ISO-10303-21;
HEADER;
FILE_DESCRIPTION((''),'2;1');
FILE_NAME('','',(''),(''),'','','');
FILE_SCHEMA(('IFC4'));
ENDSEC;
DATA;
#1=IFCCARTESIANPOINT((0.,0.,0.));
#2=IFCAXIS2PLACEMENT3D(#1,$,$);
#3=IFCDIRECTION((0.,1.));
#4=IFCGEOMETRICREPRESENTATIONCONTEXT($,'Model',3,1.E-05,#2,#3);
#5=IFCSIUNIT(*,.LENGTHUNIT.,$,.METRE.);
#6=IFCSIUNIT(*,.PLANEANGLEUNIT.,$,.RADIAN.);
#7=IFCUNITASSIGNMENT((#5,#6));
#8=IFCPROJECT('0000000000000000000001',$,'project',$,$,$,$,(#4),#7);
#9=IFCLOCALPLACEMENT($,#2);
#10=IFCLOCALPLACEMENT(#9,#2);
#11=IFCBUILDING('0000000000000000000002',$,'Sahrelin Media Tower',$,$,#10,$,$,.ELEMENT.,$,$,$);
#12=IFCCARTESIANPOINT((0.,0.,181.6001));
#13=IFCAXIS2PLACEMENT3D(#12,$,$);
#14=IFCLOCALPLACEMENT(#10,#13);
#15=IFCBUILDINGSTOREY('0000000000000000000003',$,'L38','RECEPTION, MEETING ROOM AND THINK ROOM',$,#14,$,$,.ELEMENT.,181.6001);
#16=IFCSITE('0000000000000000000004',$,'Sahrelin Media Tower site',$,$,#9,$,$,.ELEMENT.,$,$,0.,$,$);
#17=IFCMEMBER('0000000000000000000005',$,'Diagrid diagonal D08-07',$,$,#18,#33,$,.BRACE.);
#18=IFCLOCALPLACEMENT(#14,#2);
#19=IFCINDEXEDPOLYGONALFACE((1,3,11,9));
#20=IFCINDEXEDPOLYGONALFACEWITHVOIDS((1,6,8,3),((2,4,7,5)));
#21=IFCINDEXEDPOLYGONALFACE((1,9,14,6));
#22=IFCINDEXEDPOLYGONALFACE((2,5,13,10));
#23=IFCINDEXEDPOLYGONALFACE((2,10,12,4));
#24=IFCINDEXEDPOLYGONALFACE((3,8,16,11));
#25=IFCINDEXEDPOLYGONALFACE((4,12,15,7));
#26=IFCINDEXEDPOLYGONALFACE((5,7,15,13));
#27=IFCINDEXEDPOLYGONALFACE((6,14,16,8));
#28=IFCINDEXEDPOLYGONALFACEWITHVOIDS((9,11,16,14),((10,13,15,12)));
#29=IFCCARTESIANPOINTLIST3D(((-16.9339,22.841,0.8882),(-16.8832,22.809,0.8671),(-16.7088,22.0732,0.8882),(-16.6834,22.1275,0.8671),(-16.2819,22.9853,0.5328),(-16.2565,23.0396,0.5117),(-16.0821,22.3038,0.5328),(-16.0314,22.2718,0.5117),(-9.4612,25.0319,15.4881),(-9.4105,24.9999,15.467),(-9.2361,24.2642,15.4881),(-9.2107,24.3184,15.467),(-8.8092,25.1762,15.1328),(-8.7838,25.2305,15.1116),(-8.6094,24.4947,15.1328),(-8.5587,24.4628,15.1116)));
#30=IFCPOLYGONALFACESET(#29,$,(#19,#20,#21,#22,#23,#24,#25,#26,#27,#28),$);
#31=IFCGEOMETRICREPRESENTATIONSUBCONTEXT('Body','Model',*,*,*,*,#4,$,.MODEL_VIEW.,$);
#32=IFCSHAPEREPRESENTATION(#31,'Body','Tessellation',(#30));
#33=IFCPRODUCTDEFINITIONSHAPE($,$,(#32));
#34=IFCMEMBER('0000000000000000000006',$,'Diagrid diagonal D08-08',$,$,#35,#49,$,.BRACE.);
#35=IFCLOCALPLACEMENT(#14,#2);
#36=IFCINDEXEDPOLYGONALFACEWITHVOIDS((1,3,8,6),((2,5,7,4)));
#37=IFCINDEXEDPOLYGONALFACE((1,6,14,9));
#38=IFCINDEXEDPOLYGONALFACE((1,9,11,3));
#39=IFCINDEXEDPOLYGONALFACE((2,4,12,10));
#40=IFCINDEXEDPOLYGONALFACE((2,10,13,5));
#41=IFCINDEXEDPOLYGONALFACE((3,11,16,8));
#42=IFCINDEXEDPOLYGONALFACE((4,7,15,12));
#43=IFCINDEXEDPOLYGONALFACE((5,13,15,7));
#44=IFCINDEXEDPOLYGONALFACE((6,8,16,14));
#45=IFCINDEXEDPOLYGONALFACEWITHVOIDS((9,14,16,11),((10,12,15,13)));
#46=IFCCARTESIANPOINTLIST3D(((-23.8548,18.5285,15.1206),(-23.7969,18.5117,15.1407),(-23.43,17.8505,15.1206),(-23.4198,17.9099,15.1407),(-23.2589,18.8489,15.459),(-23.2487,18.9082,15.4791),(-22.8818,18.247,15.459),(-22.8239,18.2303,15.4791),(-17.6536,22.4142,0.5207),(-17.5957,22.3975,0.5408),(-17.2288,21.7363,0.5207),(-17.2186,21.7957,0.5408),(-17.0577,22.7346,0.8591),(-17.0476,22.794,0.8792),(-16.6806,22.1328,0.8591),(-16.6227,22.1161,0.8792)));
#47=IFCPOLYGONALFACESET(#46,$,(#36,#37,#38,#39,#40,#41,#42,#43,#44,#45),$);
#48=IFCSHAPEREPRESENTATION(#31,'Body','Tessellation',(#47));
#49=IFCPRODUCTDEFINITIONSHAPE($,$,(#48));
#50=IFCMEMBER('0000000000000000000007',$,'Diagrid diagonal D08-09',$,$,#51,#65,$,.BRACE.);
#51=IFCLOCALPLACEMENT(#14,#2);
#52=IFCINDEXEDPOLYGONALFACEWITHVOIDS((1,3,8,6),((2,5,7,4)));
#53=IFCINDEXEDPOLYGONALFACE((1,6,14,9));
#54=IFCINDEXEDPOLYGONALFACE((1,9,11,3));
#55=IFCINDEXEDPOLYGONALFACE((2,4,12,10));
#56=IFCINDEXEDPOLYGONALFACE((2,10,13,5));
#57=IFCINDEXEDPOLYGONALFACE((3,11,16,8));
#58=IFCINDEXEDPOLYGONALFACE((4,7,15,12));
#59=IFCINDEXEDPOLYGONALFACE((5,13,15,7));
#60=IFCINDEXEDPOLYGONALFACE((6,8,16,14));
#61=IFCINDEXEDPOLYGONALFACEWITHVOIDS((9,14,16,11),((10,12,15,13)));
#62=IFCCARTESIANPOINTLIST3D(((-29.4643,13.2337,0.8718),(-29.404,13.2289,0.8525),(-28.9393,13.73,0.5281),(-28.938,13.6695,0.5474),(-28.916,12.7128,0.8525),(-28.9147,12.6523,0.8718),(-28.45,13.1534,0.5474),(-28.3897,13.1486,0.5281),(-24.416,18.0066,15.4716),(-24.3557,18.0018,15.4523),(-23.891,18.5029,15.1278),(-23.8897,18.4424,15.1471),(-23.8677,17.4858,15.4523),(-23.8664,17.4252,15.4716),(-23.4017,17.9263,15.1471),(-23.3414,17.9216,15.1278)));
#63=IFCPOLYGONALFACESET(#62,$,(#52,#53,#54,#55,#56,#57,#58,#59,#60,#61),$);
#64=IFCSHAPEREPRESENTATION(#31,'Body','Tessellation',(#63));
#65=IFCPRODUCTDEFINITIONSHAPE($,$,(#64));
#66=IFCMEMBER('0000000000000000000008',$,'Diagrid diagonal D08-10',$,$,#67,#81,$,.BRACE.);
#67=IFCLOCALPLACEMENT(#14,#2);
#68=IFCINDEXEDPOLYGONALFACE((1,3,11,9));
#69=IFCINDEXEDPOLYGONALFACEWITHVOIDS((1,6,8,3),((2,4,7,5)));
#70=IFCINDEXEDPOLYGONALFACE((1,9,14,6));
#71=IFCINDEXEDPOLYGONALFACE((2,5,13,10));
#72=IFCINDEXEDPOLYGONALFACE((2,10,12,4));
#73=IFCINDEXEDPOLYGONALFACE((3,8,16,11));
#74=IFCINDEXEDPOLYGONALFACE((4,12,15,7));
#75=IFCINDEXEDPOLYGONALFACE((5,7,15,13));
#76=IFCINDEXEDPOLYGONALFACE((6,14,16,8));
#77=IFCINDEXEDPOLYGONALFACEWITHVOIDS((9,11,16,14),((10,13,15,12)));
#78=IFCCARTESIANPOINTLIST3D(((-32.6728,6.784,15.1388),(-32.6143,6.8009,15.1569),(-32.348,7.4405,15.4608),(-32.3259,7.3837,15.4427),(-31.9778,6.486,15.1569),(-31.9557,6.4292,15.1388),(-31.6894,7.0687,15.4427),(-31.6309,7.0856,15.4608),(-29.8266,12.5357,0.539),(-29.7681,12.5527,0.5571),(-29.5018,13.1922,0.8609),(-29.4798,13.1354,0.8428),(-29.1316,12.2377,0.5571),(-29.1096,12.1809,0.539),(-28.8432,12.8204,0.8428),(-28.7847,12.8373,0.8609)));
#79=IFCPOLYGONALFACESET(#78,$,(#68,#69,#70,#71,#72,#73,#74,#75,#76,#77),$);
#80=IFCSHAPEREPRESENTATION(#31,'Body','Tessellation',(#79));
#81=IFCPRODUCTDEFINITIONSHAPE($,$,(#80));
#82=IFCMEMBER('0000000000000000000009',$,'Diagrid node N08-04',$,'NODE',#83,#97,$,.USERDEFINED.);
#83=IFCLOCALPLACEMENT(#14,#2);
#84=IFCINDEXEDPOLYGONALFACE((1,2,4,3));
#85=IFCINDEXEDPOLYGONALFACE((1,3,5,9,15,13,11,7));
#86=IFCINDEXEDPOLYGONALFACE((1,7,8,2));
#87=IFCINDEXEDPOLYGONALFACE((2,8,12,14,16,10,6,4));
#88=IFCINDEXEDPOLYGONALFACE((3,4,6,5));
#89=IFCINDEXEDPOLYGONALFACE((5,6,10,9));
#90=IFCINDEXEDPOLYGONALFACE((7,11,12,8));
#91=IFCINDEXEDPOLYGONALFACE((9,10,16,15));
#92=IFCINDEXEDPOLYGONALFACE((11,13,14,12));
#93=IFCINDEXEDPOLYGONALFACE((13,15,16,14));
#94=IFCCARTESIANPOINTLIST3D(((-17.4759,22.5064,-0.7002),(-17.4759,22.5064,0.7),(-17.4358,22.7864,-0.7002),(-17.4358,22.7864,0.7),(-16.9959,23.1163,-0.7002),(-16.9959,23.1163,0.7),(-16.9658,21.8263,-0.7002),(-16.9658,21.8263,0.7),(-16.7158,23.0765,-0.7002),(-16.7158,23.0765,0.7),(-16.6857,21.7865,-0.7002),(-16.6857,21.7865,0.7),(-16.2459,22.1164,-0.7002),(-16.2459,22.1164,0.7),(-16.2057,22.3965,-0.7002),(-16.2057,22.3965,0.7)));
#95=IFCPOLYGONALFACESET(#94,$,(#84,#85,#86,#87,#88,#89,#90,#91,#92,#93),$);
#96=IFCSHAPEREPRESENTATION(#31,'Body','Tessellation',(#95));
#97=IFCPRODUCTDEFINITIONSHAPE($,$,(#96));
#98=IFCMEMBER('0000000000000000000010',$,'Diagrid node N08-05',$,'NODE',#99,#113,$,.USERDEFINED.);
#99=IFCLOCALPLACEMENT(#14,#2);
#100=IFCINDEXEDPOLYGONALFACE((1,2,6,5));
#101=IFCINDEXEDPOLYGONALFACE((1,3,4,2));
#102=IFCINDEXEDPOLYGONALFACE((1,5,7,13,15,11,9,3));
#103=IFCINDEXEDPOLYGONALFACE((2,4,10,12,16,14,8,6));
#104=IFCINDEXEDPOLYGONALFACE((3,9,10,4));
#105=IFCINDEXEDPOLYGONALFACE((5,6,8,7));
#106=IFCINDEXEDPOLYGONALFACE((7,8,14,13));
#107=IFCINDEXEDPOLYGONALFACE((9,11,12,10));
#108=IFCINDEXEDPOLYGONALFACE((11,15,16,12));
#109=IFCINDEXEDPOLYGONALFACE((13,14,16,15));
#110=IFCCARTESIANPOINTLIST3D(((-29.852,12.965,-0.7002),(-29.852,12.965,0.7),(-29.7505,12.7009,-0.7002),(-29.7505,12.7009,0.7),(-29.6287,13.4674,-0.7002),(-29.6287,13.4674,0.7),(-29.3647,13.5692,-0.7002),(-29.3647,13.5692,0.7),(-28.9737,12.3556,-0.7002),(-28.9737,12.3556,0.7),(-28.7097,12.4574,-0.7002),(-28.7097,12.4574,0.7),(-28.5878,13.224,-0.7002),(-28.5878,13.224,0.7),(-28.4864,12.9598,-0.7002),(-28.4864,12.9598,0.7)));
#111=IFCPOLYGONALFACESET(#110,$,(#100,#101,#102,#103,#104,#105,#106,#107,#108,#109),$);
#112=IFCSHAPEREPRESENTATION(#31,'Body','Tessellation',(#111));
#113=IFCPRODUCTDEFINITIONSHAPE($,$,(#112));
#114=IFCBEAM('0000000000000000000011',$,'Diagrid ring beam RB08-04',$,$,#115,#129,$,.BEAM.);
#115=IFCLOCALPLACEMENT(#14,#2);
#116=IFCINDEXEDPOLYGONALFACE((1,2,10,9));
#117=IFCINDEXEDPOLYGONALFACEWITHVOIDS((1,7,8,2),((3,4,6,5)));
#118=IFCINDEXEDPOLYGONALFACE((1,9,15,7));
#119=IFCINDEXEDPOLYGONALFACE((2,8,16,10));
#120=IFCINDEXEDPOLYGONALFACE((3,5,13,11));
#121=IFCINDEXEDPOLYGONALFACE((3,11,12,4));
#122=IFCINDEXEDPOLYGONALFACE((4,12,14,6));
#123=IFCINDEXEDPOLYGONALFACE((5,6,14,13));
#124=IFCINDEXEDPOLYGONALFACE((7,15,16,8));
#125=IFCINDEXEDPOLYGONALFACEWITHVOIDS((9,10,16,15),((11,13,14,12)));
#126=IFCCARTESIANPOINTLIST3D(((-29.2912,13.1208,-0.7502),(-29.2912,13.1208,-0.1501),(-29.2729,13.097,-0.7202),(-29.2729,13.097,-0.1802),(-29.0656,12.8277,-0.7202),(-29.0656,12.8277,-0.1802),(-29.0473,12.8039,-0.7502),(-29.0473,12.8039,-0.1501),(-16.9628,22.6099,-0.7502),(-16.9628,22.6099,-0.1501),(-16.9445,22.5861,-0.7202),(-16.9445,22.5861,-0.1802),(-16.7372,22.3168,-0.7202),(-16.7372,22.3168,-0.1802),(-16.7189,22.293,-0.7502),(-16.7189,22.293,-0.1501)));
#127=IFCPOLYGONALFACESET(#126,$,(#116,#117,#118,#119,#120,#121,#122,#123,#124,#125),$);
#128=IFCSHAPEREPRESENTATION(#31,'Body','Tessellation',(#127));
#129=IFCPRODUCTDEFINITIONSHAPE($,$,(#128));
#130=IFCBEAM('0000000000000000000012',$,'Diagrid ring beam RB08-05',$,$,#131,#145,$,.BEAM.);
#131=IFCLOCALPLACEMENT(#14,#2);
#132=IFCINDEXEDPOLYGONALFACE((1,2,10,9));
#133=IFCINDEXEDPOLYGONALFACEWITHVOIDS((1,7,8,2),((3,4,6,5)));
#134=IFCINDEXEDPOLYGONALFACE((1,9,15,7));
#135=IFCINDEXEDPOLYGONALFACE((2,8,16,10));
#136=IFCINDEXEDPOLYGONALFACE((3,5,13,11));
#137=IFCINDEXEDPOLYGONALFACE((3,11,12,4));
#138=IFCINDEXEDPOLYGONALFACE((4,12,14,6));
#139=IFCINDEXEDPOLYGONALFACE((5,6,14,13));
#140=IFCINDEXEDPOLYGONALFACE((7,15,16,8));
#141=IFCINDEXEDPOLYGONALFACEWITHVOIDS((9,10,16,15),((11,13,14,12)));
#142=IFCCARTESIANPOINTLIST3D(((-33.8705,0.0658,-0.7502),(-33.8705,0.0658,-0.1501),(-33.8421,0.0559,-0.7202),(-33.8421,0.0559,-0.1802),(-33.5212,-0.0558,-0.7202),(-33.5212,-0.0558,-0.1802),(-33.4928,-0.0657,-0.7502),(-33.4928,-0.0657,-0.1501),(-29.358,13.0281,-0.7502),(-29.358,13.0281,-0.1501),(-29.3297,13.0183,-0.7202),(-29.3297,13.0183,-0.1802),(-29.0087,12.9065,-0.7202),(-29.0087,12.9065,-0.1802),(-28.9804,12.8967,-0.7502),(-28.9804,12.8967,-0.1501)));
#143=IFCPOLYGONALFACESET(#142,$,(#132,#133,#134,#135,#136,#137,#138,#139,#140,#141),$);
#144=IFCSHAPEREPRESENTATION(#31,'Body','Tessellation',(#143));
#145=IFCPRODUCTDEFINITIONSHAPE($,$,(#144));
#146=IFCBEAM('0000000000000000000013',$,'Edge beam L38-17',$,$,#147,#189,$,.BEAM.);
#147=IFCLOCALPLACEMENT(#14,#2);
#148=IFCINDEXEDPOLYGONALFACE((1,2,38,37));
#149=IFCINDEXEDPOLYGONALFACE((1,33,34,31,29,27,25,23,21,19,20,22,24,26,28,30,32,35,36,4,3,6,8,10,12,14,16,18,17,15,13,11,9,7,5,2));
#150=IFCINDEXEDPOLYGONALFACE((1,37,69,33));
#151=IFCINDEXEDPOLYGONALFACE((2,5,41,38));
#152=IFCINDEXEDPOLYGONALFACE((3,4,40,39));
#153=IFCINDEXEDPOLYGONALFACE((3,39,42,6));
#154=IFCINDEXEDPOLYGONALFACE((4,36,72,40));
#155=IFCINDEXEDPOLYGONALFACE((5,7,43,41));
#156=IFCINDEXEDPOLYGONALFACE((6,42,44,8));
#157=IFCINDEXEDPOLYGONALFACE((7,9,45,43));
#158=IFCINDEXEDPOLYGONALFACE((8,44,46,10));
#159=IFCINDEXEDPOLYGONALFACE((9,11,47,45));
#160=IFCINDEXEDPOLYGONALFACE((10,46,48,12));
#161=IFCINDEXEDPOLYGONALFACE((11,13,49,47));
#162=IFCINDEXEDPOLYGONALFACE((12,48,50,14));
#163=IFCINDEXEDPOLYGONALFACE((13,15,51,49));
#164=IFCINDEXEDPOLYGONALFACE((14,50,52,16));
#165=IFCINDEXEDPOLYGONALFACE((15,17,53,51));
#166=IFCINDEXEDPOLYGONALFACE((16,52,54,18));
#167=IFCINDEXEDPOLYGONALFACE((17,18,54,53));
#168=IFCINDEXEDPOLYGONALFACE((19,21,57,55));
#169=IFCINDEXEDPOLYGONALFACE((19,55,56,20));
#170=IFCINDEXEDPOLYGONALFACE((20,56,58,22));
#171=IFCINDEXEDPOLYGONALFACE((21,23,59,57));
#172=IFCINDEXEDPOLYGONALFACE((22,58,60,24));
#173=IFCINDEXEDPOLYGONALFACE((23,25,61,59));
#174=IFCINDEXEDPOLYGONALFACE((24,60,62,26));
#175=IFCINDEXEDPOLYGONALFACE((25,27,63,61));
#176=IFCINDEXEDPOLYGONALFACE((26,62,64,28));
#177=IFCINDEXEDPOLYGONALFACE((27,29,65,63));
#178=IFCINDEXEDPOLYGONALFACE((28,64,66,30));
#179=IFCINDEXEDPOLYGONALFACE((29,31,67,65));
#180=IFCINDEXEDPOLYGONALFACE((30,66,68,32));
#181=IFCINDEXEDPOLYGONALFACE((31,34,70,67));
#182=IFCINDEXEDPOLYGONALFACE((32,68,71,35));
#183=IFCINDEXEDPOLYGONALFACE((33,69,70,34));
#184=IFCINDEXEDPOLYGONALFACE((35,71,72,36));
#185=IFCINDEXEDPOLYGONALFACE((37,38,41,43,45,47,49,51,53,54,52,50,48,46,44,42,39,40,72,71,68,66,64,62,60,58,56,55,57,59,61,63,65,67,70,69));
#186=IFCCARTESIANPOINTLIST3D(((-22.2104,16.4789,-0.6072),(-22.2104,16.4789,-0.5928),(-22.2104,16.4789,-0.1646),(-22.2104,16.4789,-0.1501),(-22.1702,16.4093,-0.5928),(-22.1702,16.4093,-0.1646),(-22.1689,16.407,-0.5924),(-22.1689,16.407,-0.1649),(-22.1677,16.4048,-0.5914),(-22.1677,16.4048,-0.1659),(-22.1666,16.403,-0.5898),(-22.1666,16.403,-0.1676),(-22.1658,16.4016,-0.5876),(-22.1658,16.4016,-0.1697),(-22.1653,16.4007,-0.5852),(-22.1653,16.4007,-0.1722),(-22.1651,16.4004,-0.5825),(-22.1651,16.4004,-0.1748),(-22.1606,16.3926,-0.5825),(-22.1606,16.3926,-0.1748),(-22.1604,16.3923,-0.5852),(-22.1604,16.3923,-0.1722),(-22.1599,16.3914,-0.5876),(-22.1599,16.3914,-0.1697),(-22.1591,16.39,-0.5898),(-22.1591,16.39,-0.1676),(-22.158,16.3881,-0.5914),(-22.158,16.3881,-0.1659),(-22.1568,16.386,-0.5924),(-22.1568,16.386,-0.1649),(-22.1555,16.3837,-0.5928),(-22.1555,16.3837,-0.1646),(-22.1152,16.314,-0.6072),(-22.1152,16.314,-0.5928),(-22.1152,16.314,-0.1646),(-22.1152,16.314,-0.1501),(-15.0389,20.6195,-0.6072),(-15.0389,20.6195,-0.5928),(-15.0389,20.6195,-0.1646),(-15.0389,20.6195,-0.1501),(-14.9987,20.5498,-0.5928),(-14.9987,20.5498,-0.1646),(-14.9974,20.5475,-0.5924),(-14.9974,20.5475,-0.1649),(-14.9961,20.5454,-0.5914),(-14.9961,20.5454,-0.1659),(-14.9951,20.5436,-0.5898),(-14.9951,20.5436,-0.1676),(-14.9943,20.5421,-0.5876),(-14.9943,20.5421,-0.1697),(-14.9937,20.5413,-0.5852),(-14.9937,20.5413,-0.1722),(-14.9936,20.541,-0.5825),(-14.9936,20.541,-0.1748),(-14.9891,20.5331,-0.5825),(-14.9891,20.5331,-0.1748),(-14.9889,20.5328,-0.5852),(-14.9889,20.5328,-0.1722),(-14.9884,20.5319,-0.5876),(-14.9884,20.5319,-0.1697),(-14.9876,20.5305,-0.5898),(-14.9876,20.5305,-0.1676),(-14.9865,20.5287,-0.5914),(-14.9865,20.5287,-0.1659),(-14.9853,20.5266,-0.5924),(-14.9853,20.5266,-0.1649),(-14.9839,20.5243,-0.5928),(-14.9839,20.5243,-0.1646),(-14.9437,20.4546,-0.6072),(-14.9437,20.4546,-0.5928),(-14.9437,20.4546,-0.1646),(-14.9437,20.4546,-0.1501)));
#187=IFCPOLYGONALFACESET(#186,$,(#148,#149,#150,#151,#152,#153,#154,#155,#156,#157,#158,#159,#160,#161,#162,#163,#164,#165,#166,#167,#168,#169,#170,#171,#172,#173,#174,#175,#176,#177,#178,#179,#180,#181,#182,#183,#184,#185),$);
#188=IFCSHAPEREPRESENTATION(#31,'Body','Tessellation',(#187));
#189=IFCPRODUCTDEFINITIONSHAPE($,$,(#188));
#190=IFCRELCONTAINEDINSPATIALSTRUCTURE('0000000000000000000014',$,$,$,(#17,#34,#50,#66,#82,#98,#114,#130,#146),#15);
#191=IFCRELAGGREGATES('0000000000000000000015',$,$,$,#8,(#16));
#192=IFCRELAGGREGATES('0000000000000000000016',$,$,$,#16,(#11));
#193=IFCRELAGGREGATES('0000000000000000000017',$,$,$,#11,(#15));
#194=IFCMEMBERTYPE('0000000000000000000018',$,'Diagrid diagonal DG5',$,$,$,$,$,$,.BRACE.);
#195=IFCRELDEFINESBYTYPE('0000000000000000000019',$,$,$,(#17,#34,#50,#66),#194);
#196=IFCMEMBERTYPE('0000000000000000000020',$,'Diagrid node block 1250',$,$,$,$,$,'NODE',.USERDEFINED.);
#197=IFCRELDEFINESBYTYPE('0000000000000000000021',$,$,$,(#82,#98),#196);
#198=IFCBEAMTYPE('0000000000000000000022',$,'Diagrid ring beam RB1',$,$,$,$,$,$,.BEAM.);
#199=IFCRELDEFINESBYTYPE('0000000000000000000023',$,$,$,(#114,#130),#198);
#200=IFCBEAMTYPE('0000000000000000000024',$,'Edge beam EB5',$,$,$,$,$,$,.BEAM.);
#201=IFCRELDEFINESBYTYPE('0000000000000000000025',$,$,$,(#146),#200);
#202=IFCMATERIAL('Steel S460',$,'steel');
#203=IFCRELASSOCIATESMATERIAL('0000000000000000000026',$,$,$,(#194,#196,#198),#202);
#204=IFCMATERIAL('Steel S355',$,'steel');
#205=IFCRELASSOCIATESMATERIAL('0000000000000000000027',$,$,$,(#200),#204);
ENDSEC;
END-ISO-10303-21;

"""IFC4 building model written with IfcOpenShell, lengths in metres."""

from ifc_helpers import new_model, si_unit, direction, frame, origin, origin_2d, place, context, subcontext, project, spatial, polyline, hollow_rectangle, i_section, outline, extrude, material, material_profile, profile_set, type_object, element, save


model = new_model("IFC4")

# Units and contexts
model_context = context("Model", 3, precision=1e-05, world=origin(), true_north=direction((0.0, 1.0)))
body_context = subcontext(model_context, "Body", "Model", "MODEL_VIEW")
ifc_project = project(units=[si_unit("LENGTHUNIT", "METRE"), si_unit("PLANEANGLEUNIT", "RADIAN")], contexts=[model_context])

# Site, building, storey
site_placement = place(None, origin())
site = spatial("IfcSite", under=ifc_project, at=site_placement, Name="Sahrelin Media Tower site", CompositionType="ELEMENT", RefElevation=0.0)
building_placement = place(site_placement, origin())
building = spatial("IfcBuilding", under=site, at=building_placement, Name="Sahrelin Media Tower", CompositionType="ELEMENT")
storey_placement = place(building_placement, frame((0.0, 0.0, 181.6001)))
storey = spatial("IfcBuildingStorey", under=building, at=storey_placement, Name="L38", Description="RECEPTION, MEETING ROOM AND THINK ROOM", CompositionType="ELEMENT", Elevation=181.6001)

# Members
ifc_material_1 = material(Name="Steel S460", Category="steel")
ifc_material_profile_1 = material_profile(ifc_material_1, hollow_rectangle(XDim=0.8, YDim=0.8, WallThickness=0.0449, at=origin_2d()), Name="Diagrid diagonal DG5")
ifc_profile_set_1 = profile_set([ifc_material_profile_1], Name="Steel S460")
member_type_1 = type_object("IfcMemberType", Name="Diagrid diagonal DG5", PredefinedType="BRACE", material=ifc_profile_set_1)
member_1_placement = place(storey_placement, frame((-16.4827, 22.5564, 0.7), z_axis=(0.451607, 0.132407, 0.882337), x_axis=(-0.281348, 0.959606, 0.0)))
element("IfcMember", 1, at=member_1_placement, inside=storey, type_object=member_type_1, Name="Diagrid diagonal D08-07", PredefinedType="BRACE", context=body_context, shape_type="SweptSolid", body=[
    extrude(hollow_rectangle(XDim=0.8, YDim=0.8, WallThickness=0.0449, at=origin_2d()), origin(), (0.0, 0.0, 1.0), 16.5469),
])
member_2_placement = place(storey_placement, frame((-17.1382, 22.2651, 0.7), z_axis=(-0.379712, -0.237933, 0.893983), x_axis=(0.530982, -0.847383, 0.0)))
element("IfcMember", 2, at=member_2_placement, inside=storey, type_object=member_type_1, Name="Diagrid diagonal D08-08", PredefinedType="BRACE", context=body_context, shape_type="SweptSolid", body=[
    extrude(hollow_rectangle(XDim=0.8, YDim=0.8, WallThickness=0.0449, at=origin_2d()), origin(), (0.0, 0.0, 1.0), 16.3313),
])
member_3_placement = place(storey_placement, frame((-28.927, 13.1912, 0.7), z_axis=(0.312232, 0.295199, 0.902978), x_axis=(-0.687009, 0.726649, 0.0)))
element("IfcMember", 3, at=member_3_placement, inside=storey, type_object=member_type_1, Name="Diagrid diagonal D08-09", PredefinedType="BRACE", context=body_context, shape_type="SweptSolid", body=[
    extrude(hollow_rectangle(XDim=0.8, YDim=0.8, WallThickness=0.0449, at=origin_2d()), origin(), (0.0, 0.0, 1.0), 16.1685),
])
member_4_placement = place(storey_placement, frame((-29.3057, 12.6865, 0.7), z_axis=(-0.178467, -0.360654, 0.915466), x_axis=(0.896268, -0.443512, 0.0)))
element("IfcMember", 4, at=member_4_placement, inside=storey, type_object=member_type_1, Name="Diagrid diagonal D08-10", PredefinedType="BRACE", context=body_context, shape_type="SweptSolid", body=[
    extrude(hollow_rectangle(XDim=0.8, YDim=0.8, WallThickness=0.0449, at=origin_2d()), origin(), (0.0, 0.0, 1.0), 15.948),
])
ifc_material_profile_2 = material_profile(ifc_material_1, outline(polyline([(0.425, -0.4751), (0.625, -0.2749), (0.625, 0.2749), (0.425, 0.4751), (-0.425, 0.4751), (-0.625, 0.2749), (-0.625, -0.2749), (-0.425, -0.4751), (0.425, -0.4751)])), Name="Diagrid node block 1250")
ifc_profile_set_2 = profile_set([ifc_material_profile_2], Name="Steel S460")
member_type_2 = type_object("IfcMemberType", Name="Diagrid node block 1250", ElementType="NODE", PredefinedType="USERDEFINED", material=ifc_profile_set_2)
for number, where, z_axis, x_axis, name in (
    (5, (-16.8408, 22.4514, -0.7002), (0.0, 0.0, 1.0), (-0.600052, 0.799961, 0.0), "Diagrid node N08-04"),
    (6, (-29.1692, 12.9624, -0.7002), (0.0, 0.0, 1.0), (-0.913831, 0.406094, 0.0), "Diagrid node N08-05"),
):
    element("IfcMember", number, at=place(storey_placement, frame(where, z_axis=z_axis, x_axis=x_axis)), inside=storey, type_object=member_type_2, Name=name, ObjectType="NODE", PredefinedType="USERDEFINED", context=body_context, shape_type="SweptSolid", body=[
        extrude(outline(polyline([(0.425, -0.4751), (0.625, -0.2749), (0.625, 0.2749), (0.425, 0.4751), (-0.425, 0.4751), (-0.625, 0.2749), (-0.625, -0.2749), (-0.425, -0.4751), (0.425, -0.4751)])), origin(), (0.0, 0.0, 1.0), 1.4001),
    ])

# Beams
ifc_material_profile_3 = material_profile(ifc_material_1, hollow_rectangle(XDim=0.3999, YDim=0.6001, WallThickness=0.03, at=origin_2d()), Name="Diagrid ring beam RB1")
ifc_profile_set_3 = profile_set([ifc_material_profile_3], Name="Steel S460")
beam_type_1 = type_object("IfcBeamType", Name="Diagrid ring beam RB1", PredefinedType="BEAM", material=ifc_profile_set_3)
beam_1_placement = place(storey_placement, frame((-16.8408, 22.4514, -0.4502), z_axis=(-0.792448, -0.609939, 0.0), x_axis=(0.609939, -0.792448, 0.0)))
element("IfcBeam", 7, at=beam_1_placement, inside=storey, type_object=beam_type_1, Name="Diagrid ring beam RB08-04", PredefinedType="BEAM", context=body_context, shape_type="SweptSolid", body=[
    extrude(hollow_rectangle(XDim=0.3999, YDim=0.6001, WallThickness=0.03, at=origin_2d()), origin(), (0.0, 0.0, 1.0), 15.5574),
])
beam_2_placement = place(storey_placement, frame((-29.1692, 12.9624, -0.4502), z_axis=(-0.328767, -0.944411, 0.0), x_axis=(0.944411, -0.328767, 0.0)))
element("IfcBeam", 8, at=beam_2_placement, inside=storey, type_object=beam_type_1, Name="Diagrid ring beam RB08-05", PredefinedType="BEAM", context=body_context, shape_type="SweptSolid", body=[
    extrude(hollow_rectangle(XDim=0.3999, YDim=0.6001, WallThickness=0.03, at=origin_2d()), origin(), (0.0, 0.0, 1.0), 13.7253),
])
ifc_material_2 = material(Name="Steel S355", Category="steel")
ifc_material_profile_4 = material_profile(ifc_material_2, i_section(OverallWidth=0.1904, OverallDepth=0.457, WebThickness=0.009, FlangeThickness=0.0144, FilletRadius=0.0103, at=origin_2d()), Name="UB 457x191x74")
ifc_profile_set_4 = profile_set([ifc_material_profile_4], Name="Steel S355")
beam_type_2 = type_object("IfcBeamType", Name="Edge beam EB5", PredefinedType="BEAM", material=ifc_profile_set_4)
beam_3_placement = place(storey_placement, frame((-22.1628, 16.3965, -0.3787), z_axis=(0.866021, 0.500007, 0.0), x_axis=(-0.500007, 0.866021, 0.0)))
element("IfcBeam", 9, at=beam_3_placement, inside=storey, type_object=beam_type_2, Name="Edge beam L38-17", PredefinedType="BEAM", context=body_context, shape_type="SweptSolid", body=[
    extrude(i_section(OverallWidth=0.1904, OverallDepth=0.457, WebThickness=0.009, FlangeThickness=0.0144, FilletRadius=0.0103, at=origin_2d()), origin(), (0.0, 0.0, 1.0), 8.281),
])

save(model, "model.ifc")
